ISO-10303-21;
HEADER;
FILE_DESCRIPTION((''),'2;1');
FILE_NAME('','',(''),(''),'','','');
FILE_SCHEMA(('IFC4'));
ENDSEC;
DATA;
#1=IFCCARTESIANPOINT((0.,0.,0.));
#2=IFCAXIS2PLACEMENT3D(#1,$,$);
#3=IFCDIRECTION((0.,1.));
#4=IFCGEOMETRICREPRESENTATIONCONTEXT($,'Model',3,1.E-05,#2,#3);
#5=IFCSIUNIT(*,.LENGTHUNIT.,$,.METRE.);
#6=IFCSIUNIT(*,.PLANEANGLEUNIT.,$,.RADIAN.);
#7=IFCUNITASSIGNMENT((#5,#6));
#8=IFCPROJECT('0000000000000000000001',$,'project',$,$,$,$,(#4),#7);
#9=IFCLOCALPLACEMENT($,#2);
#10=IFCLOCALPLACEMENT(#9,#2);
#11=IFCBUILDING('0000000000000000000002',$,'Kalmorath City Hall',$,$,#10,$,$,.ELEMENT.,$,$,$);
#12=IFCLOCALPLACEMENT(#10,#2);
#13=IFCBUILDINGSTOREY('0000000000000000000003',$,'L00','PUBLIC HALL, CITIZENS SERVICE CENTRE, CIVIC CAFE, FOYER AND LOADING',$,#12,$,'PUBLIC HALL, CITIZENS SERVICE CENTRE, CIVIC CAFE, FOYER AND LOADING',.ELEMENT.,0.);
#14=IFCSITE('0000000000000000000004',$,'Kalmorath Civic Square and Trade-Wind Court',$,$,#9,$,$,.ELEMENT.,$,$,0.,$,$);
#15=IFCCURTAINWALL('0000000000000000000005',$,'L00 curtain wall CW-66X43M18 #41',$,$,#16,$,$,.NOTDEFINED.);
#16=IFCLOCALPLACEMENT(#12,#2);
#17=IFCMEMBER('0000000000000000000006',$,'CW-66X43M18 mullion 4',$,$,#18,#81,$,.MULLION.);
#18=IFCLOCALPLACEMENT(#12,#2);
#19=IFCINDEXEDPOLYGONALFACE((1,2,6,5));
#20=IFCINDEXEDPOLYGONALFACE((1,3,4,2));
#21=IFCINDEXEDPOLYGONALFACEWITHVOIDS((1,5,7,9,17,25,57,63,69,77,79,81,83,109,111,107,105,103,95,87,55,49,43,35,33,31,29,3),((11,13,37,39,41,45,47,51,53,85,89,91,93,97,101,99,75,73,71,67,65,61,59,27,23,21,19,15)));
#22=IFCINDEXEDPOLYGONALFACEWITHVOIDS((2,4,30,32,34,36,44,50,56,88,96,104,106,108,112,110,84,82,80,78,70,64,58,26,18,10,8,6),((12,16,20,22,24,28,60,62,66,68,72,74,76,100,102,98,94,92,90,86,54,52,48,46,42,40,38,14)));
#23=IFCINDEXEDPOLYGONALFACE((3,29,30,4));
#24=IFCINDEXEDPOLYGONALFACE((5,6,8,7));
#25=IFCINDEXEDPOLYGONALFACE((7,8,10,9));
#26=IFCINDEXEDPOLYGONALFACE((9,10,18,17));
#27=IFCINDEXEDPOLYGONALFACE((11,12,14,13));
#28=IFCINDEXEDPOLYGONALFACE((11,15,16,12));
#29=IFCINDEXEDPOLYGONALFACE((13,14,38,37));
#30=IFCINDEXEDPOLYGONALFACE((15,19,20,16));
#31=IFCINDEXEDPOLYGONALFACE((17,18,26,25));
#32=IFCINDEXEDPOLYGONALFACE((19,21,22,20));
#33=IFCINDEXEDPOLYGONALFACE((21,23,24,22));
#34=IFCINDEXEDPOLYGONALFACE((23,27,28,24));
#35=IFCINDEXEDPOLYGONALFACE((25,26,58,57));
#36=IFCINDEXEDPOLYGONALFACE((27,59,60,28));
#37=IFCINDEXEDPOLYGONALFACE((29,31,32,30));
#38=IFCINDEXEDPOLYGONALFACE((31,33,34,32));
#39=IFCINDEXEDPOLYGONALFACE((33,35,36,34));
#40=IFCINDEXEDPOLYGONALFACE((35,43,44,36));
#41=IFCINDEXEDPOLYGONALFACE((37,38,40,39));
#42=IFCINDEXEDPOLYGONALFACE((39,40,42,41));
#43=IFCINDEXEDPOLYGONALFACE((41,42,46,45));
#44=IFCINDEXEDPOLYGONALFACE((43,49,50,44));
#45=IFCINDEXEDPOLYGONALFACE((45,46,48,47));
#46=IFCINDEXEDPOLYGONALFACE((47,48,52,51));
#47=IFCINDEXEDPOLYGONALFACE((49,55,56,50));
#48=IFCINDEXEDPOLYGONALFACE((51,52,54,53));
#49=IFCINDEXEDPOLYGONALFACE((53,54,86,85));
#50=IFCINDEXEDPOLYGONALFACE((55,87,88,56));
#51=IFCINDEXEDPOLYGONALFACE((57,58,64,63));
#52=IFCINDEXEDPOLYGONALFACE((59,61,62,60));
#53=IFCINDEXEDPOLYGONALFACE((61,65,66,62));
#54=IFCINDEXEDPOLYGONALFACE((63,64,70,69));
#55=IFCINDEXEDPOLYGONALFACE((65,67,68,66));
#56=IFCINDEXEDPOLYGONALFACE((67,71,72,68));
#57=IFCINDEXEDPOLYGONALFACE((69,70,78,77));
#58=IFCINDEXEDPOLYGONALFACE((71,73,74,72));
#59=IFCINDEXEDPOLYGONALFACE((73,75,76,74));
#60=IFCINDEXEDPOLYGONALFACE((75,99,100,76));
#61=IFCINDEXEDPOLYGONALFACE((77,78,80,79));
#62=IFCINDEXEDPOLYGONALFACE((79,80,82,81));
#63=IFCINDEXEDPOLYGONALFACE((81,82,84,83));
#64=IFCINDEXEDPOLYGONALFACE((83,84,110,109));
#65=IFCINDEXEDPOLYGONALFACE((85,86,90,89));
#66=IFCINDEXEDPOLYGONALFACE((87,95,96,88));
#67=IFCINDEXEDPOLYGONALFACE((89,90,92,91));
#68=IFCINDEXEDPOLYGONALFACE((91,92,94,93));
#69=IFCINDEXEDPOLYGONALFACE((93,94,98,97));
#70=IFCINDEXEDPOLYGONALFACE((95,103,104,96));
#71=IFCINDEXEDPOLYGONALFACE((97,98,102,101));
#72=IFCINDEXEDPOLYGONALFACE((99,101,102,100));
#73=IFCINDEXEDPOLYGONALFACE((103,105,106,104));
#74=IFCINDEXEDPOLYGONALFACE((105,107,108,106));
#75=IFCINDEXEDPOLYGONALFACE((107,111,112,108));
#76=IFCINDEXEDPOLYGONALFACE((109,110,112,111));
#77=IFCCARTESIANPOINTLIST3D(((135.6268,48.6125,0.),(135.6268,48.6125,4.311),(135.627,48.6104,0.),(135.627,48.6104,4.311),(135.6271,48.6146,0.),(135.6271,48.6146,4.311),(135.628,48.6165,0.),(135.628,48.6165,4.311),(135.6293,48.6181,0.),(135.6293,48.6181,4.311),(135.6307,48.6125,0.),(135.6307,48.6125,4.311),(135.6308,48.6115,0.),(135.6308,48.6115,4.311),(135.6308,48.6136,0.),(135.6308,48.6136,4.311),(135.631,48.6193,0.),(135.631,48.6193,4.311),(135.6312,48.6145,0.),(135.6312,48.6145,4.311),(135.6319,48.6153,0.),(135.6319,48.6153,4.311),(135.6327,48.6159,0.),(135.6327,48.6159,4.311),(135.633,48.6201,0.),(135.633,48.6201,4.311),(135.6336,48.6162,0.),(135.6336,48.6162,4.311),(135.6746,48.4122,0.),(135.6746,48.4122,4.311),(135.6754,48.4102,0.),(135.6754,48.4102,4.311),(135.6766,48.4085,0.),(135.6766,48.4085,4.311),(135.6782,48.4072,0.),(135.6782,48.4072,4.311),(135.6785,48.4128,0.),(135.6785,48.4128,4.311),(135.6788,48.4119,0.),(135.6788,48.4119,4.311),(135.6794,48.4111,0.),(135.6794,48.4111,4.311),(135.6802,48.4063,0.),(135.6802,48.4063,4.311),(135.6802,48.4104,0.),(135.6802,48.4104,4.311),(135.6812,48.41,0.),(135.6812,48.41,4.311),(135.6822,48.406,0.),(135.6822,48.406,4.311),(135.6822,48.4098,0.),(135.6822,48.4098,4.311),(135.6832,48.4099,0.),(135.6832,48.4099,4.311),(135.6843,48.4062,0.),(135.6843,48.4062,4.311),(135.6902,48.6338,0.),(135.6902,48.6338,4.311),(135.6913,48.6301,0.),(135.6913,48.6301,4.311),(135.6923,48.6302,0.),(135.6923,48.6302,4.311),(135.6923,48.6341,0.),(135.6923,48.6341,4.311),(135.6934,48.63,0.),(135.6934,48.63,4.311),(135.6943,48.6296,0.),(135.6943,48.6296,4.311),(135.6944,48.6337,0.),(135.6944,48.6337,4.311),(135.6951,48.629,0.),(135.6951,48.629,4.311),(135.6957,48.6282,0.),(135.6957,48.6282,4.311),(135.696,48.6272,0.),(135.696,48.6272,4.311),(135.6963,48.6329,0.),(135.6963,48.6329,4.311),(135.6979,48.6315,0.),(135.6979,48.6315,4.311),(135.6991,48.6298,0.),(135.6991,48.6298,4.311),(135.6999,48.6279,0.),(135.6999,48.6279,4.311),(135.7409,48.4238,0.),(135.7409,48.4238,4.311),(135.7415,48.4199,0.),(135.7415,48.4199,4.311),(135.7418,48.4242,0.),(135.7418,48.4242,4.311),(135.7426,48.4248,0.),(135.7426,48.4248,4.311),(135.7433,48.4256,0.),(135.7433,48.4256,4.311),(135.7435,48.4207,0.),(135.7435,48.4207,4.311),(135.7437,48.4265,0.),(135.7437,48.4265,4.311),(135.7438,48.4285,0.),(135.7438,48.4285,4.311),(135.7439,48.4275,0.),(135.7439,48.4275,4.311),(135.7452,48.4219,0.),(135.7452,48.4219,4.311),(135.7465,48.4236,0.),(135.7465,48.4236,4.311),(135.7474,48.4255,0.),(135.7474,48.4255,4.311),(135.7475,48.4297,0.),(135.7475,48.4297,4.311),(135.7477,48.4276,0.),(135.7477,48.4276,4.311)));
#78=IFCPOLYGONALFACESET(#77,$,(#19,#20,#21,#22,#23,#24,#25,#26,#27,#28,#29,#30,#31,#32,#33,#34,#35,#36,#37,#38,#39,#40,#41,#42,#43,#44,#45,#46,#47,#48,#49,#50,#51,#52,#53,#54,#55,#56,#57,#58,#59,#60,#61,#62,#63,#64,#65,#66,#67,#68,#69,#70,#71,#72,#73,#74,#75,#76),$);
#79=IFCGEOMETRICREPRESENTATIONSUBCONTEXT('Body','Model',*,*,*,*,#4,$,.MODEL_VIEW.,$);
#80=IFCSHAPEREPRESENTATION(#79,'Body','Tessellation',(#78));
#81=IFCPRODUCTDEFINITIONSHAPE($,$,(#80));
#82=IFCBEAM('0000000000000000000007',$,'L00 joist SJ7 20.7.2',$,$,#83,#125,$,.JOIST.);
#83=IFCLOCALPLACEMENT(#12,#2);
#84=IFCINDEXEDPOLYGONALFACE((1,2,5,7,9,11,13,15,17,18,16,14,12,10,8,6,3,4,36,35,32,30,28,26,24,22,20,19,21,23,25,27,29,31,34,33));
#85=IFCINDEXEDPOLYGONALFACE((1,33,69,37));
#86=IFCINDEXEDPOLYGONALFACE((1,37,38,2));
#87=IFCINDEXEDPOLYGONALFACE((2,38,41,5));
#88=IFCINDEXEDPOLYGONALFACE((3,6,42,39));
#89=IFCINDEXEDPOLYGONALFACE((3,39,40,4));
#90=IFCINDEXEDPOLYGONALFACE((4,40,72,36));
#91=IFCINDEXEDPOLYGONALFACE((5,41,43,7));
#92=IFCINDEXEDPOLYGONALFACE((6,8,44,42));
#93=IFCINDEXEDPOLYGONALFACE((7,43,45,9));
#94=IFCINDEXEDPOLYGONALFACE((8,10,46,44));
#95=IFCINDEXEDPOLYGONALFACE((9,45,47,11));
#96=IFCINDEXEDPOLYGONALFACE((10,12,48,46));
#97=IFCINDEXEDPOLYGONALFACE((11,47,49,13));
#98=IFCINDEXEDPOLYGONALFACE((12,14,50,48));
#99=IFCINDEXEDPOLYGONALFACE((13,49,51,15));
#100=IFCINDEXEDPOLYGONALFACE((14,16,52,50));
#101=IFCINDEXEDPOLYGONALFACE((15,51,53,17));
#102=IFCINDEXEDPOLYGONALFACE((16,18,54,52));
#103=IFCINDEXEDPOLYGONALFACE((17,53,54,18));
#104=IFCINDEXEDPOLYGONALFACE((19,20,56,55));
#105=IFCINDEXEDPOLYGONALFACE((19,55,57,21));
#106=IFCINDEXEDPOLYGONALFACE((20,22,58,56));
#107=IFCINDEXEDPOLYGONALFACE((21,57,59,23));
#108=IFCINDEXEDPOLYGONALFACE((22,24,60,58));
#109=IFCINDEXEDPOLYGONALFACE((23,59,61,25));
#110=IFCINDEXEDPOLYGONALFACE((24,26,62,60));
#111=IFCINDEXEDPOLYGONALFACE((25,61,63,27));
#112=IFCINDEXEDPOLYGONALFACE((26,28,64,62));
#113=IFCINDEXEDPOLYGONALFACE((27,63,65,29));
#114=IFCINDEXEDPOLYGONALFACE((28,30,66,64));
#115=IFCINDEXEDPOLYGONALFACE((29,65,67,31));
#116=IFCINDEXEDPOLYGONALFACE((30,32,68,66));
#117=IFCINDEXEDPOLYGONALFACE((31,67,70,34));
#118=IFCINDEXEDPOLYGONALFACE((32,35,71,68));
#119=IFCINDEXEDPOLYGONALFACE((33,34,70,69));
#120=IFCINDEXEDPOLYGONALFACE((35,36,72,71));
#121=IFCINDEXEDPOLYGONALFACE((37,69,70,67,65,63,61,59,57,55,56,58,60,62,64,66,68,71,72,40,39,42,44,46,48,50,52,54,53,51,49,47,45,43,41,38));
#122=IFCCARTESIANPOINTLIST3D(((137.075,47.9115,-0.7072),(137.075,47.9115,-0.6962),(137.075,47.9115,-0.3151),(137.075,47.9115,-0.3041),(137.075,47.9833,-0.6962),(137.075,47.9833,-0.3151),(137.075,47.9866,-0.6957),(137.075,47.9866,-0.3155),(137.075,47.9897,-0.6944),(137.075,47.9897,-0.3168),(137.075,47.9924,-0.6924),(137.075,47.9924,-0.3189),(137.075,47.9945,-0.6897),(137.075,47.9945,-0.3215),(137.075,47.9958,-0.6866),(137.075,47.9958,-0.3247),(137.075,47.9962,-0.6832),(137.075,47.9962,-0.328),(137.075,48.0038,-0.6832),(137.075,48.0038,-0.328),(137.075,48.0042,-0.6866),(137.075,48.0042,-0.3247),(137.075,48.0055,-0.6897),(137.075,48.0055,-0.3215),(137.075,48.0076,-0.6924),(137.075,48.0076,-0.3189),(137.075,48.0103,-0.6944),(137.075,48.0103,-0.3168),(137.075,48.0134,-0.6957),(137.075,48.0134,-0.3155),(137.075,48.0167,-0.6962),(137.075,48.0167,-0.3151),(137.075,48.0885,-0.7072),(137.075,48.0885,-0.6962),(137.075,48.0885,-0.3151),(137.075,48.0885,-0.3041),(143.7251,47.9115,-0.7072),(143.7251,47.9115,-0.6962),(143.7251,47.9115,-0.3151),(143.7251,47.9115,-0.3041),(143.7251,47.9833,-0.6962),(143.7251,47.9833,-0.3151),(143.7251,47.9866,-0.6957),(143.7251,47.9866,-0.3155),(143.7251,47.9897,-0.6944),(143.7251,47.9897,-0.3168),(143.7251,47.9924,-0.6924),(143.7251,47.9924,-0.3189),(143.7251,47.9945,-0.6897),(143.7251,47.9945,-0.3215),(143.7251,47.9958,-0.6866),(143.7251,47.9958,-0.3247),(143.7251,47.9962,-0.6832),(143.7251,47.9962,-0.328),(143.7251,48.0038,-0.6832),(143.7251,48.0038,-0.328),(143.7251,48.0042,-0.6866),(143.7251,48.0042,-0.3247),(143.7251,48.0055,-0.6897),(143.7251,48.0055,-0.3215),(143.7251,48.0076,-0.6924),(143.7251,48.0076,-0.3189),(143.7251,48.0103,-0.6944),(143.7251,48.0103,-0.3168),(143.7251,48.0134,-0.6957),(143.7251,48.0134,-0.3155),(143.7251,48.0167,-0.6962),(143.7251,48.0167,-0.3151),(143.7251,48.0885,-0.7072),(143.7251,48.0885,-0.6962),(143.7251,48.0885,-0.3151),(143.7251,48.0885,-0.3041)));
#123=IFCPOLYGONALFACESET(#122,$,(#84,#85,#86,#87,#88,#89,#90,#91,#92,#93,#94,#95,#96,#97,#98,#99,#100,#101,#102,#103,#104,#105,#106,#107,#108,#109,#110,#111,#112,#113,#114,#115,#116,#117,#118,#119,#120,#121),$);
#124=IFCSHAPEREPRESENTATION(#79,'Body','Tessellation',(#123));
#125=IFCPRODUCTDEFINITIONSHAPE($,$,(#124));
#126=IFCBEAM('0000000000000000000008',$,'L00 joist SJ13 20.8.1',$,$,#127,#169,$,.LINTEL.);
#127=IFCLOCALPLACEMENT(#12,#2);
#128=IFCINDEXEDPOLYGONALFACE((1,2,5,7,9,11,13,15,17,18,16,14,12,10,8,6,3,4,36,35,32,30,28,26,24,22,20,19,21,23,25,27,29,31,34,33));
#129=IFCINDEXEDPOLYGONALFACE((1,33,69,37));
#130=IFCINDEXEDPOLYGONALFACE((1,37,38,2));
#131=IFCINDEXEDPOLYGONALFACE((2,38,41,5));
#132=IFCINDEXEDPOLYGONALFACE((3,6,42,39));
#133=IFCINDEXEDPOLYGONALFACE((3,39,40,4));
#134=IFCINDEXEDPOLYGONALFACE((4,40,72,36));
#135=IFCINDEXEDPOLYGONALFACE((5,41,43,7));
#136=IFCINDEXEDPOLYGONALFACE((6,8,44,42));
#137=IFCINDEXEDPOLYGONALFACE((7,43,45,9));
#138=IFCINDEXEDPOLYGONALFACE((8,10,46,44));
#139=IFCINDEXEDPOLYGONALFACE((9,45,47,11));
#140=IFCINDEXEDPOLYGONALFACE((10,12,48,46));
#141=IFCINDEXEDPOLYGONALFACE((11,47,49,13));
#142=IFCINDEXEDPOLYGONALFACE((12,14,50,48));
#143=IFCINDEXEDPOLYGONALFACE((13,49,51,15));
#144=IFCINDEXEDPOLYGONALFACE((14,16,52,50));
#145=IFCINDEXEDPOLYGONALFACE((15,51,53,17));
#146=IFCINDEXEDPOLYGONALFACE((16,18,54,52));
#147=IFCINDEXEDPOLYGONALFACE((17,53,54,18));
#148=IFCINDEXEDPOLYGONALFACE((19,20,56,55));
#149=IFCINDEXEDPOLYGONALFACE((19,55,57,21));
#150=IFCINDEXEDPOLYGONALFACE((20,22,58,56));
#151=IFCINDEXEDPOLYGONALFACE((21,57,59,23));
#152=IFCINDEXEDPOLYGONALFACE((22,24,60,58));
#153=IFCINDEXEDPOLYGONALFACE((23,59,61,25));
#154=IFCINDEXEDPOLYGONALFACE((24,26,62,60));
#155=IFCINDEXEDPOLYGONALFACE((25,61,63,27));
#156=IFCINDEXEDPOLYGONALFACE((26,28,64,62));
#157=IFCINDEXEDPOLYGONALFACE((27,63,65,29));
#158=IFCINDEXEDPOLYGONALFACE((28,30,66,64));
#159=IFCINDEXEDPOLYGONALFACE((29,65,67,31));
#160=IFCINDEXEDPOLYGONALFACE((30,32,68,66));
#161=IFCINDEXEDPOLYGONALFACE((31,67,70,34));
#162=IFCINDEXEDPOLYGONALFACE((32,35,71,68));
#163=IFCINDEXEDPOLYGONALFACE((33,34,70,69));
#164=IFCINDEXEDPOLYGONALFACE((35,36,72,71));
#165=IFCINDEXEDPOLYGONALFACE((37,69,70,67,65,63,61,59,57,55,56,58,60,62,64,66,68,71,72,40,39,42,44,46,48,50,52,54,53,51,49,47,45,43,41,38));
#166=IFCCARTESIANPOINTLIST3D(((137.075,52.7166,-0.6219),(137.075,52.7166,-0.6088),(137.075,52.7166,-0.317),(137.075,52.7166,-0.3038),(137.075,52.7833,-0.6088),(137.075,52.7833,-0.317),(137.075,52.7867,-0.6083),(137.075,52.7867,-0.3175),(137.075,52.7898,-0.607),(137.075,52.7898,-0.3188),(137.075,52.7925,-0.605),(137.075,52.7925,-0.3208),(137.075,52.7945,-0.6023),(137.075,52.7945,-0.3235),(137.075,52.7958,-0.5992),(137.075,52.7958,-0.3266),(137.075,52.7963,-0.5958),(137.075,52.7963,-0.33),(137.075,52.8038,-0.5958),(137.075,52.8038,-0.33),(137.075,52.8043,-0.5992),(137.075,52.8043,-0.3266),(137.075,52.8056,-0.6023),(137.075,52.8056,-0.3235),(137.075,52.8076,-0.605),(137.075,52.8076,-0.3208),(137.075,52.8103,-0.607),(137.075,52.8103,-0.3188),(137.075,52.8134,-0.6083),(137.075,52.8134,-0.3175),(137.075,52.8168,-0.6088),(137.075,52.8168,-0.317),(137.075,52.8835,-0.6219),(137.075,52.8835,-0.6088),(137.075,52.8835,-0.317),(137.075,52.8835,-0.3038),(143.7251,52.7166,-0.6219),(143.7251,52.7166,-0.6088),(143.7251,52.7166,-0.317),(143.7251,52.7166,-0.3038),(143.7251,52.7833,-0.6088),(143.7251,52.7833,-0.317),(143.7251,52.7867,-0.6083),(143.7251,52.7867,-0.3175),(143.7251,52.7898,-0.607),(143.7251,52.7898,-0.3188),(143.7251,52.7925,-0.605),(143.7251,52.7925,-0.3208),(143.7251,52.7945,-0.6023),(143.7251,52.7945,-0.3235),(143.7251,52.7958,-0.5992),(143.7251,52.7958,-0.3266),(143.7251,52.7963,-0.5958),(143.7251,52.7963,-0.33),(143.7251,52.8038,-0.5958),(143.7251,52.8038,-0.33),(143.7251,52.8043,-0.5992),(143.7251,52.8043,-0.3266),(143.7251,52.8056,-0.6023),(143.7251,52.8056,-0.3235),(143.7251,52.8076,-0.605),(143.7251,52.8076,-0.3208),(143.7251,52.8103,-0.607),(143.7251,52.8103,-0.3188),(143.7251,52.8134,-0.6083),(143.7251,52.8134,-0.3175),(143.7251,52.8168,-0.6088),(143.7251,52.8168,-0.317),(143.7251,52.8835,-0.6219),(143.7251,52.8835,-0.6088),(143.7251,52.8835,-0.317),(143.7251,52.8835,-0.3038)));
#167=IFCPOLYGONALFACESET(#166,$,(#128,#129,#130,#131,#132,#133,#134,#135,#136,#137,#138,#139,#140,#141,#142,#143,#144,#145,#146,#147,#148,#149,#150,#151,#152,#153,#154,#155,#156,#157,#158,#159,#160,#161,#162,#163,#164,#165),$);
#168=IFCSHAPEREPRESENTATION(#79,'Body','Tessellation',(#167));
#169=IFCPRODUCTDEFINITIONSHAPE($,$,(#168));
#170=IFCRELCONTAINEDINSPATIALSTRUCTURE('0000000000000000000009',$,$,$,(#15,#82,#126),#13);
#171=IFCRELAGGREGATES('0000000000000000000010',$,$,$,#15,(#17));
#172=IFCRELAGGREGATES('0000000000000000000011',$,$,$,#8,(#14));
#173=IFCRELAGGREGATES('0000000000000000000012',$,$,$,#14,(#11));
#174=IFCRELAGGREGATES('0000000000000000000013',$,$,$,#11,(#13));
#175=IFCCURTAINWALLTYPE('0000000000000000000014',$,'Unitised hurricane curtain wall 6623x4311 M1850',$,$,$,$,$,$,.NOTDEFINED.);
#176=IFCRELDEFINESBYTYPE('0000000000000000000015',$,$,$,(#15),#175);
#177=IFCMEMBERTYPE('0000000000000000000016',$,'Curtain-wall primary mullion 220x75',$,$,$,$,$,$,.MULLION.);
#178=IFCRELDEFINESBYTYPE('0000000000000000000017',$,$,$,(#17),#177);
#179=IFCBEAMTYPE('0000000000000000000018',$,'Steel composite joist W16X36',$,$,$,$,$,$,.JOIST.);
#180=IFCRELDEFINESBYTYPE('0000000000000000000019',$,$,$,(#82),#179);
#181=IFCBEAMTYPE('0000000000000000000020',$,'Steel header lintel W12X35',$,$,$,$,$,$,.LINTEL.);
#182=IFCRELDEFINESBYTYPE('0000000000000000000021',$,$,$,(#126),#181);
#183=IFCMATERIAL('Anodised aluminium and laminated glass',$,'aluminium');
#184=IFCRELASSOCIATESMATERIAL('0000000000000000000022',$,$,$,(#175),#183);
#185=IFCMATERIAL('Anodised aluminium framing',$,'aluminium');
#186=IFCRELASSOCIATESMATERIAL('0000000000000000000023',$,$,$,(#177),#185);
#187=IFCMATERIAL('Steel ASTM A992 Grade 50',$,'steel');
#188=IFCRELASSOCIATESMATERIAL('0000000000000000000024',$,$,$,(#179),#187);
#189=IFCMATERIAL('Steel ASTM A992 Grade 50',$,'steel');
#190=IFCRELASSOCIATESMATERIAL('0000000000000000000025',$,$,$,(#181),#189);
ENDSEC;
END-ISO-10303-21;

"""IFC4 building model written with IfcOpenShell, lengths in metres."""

from ifc_helpers import new_model, si_unit, direction, frame, origin, origin_2d, place, context, subcontext, project, spatial, hollow_rectangle, i_section, extrude, material, material_profile, profile_set, type_object, element, aggregate, save


model = new_model("IFC4")

# Units and contexts
model_context = context("Model", 3, precision=1e-05, world=origin(), true_north=direction((0.0, 1.0)))
body_context = subcontext(model_context, "Body", "Model", "MODEL_VIEW")
ifc_project = project(units=[si_unit("LENGTHUNIT", "METRE"), si_unit("PLANEANGLEUNIT", "RADIAN")], contexts=[model_context])

# Site, building, storey
site_placement = place(None, origin())
site = spatial("IfcSite", under=ifc_project, at=site_placement, Name="Kalmorath Civic Square and Trade-Wind Court", CompositionType="ELEMENT", RefElevation=0.0)
building_placement = place(site_placement, origin())
building = spatial("IfcBuilding", under=site, at=building_placement, Name="Kalmorath City Hall", CompositionType="ELEMENT")
storey_placement = place(building_placement, origin())
storey = spatial("IfcBuildingStorey", under=building, at=storey_placement, Name="L00", Description="PUBLIC HALL, CITIZENS SERVICE CENTRE, CIVIC CAFE, FOYER AND LOADING", LongName="PUBLIC HALL, CITIZENS SERVICE CENTRE, CIVIC CAFE, FOYER AND LOADING", CompositionType="ELEMENT", Elevation=0.0)

# Curtain wall, member
ifc_material_1 = material(Name="Anodised aluminium and laminated glass", Category="aluminium")
curtain_wall_type = type_object("IfcCurtainWallType", Name="Unitised hurricane curtain wall 6623x4311 M1850", PredefinedType="NOTDEFINED", material=ifc_material_1)
curtain_wall_placement = place(storey_placement, origin())
curtain_wall = element("IfcCurtainWall", 1, at=curtain_wall_placement, inside=storey, type_object=curtain_wall_type, Name="L00 curtain wall CW-66X43M18 #41", PredefinedType="NOTDEFINED")
ifc_material_2 = material(Name="Anodised aluminium framing", Category="aluminium")
ifc_material_profile_1 = material_profile(ifc_material_2, hollow_rectangle(XDim=0.075, YDim=0.22, WallThickness=0.0039, InnerFilletRadius=0.0039, OuterFilletRadius=0.0081, at=origin_2d()), Name="ALU-MUL-220X75X4")
ifc_profile_set_1 = profile_set([ifc_material_profile_1], Name="Anodised aluminium framing")
member_type_1 = type_object("IfcMemberType", Name="Curtain-wall primary mullion 220x75", PredefinedType="MULLION", material=ifc_profile_set_1)
member_1_placement = place(storey_placement, frame((135.6873, 48.52, 0.0), z_axis=(0.0, 0.0, 1.0), x_axis=(-0.972367, -0.233459, 0.0)))
member_1 = element("IfcMember", 2, at=member_1_placement, type_object=member_type_1, Name="CW-66X43M18 mullion 4", PredefinedType="MULLION", context=body_context, shape_type="SweptSolid", body=[
    extrude(hollow_rectangle(XDim=0.075, YDim=0.22, WallThickness=0.0039, InnerFilletRadius=0.0039, OuterFilletRadius=0.0081, at=origin_2d()), origin(), (0.0, 0.0, 1.0), 4.311),
])

# Beams
ifc_material_3 = material(Name="Steel ASTM A992 Grade 50", Category="steel")
ifc_material_profile_2 = material_profile(ifc_material_3, i_section(OverallWidth=0.177, OverallDepth=0.4031, WebThickness=0.0076, FlangeThickness=0.011, FilletRadius=0.0129, at=origin_2d()), Name="W16X36")
ifc_profile_set_2 = profile_set([ifc_material_profile_2], Name="Steel ASTM A992 Grade 50")
beam_type_1 = type_object("IfcBeamType", Name="Steel composite joist W16X36", PredefinedType="JOIST", material=ifc_profile_set_2)
beam_1_placement = place(storey_placement, frame((137.075, 48.0, -0.5056), z_axis=(1.0, 0.0, 0.0), x_axis=(0.0, 1.0, 0.0)))
element("IfcBeam", 3, at=beam_1_placement, inside=storey, type_object=beam_type_1, Name="L00 joist SJ7 20.7.2", PredefinedType="JOIST", context=body_context, shape_type="SweptSolid", body=[
    extrude(i_section(OverallWidth=0.177, OverallDepth=0.4031, WebThickness=0.0076, FlangeThickness=0.011, FilletRadius=0.0129, at=origin_2d()), origin(), (0.0, 0.0, 1.0), 6.6501),
])
ifc_material_4 = material(Name="Steel ASTM A992 Grade 50", Category="steel")
ifc_material_profile_3 = material_profile(ifc_material_4, i_section(OverallWidth=0.167, OverallDepth=0.3181, WebThickness=0.0076, FlangeThickness=0.0132, FilletRadius=0.0129, at=origin_2d()), Name="W12X35")
ifc_profile_set_3 = profile_set([ifc_material_profile_3], Name="Steel ASTM A992 Grade 50")
beam_type_2 = type_object("IfcBeamType", Name="Steel header lintel W12X35", PredefinedType="LINTEL", material=ifc_profile_set_3)
for number, where, z_axis, x_axis, name in (
    (4, (137.075, 52.8, -0.4629), (1.0, 0.0, 0.0), (0.0, 1.0, 0.0), "L00 joist SJ13 20.8.1"),
):
    element("IfcBeam", number, at=place(storey_placement, frame(where, z_axis=z_axis, x_axis=x_axis)), inside=storey, type_object=beam_type_2, Name=name, PredefinedType="LINTEL", context=body_context, shape_type="SweptSolid", body=[
        extrude(i_section(OverallWidth=0.167, OverallDepth=0.3181, WebThickness=0.0076, FlangeThickness=0.0132, FilletRadius=0.0129, at=origin_2d()), origin(), (0.0, 0.0, 1.0), 6.6501),
    ])

aggregate(curtain_wall, [member_1])

save(model, "model.ifc")
